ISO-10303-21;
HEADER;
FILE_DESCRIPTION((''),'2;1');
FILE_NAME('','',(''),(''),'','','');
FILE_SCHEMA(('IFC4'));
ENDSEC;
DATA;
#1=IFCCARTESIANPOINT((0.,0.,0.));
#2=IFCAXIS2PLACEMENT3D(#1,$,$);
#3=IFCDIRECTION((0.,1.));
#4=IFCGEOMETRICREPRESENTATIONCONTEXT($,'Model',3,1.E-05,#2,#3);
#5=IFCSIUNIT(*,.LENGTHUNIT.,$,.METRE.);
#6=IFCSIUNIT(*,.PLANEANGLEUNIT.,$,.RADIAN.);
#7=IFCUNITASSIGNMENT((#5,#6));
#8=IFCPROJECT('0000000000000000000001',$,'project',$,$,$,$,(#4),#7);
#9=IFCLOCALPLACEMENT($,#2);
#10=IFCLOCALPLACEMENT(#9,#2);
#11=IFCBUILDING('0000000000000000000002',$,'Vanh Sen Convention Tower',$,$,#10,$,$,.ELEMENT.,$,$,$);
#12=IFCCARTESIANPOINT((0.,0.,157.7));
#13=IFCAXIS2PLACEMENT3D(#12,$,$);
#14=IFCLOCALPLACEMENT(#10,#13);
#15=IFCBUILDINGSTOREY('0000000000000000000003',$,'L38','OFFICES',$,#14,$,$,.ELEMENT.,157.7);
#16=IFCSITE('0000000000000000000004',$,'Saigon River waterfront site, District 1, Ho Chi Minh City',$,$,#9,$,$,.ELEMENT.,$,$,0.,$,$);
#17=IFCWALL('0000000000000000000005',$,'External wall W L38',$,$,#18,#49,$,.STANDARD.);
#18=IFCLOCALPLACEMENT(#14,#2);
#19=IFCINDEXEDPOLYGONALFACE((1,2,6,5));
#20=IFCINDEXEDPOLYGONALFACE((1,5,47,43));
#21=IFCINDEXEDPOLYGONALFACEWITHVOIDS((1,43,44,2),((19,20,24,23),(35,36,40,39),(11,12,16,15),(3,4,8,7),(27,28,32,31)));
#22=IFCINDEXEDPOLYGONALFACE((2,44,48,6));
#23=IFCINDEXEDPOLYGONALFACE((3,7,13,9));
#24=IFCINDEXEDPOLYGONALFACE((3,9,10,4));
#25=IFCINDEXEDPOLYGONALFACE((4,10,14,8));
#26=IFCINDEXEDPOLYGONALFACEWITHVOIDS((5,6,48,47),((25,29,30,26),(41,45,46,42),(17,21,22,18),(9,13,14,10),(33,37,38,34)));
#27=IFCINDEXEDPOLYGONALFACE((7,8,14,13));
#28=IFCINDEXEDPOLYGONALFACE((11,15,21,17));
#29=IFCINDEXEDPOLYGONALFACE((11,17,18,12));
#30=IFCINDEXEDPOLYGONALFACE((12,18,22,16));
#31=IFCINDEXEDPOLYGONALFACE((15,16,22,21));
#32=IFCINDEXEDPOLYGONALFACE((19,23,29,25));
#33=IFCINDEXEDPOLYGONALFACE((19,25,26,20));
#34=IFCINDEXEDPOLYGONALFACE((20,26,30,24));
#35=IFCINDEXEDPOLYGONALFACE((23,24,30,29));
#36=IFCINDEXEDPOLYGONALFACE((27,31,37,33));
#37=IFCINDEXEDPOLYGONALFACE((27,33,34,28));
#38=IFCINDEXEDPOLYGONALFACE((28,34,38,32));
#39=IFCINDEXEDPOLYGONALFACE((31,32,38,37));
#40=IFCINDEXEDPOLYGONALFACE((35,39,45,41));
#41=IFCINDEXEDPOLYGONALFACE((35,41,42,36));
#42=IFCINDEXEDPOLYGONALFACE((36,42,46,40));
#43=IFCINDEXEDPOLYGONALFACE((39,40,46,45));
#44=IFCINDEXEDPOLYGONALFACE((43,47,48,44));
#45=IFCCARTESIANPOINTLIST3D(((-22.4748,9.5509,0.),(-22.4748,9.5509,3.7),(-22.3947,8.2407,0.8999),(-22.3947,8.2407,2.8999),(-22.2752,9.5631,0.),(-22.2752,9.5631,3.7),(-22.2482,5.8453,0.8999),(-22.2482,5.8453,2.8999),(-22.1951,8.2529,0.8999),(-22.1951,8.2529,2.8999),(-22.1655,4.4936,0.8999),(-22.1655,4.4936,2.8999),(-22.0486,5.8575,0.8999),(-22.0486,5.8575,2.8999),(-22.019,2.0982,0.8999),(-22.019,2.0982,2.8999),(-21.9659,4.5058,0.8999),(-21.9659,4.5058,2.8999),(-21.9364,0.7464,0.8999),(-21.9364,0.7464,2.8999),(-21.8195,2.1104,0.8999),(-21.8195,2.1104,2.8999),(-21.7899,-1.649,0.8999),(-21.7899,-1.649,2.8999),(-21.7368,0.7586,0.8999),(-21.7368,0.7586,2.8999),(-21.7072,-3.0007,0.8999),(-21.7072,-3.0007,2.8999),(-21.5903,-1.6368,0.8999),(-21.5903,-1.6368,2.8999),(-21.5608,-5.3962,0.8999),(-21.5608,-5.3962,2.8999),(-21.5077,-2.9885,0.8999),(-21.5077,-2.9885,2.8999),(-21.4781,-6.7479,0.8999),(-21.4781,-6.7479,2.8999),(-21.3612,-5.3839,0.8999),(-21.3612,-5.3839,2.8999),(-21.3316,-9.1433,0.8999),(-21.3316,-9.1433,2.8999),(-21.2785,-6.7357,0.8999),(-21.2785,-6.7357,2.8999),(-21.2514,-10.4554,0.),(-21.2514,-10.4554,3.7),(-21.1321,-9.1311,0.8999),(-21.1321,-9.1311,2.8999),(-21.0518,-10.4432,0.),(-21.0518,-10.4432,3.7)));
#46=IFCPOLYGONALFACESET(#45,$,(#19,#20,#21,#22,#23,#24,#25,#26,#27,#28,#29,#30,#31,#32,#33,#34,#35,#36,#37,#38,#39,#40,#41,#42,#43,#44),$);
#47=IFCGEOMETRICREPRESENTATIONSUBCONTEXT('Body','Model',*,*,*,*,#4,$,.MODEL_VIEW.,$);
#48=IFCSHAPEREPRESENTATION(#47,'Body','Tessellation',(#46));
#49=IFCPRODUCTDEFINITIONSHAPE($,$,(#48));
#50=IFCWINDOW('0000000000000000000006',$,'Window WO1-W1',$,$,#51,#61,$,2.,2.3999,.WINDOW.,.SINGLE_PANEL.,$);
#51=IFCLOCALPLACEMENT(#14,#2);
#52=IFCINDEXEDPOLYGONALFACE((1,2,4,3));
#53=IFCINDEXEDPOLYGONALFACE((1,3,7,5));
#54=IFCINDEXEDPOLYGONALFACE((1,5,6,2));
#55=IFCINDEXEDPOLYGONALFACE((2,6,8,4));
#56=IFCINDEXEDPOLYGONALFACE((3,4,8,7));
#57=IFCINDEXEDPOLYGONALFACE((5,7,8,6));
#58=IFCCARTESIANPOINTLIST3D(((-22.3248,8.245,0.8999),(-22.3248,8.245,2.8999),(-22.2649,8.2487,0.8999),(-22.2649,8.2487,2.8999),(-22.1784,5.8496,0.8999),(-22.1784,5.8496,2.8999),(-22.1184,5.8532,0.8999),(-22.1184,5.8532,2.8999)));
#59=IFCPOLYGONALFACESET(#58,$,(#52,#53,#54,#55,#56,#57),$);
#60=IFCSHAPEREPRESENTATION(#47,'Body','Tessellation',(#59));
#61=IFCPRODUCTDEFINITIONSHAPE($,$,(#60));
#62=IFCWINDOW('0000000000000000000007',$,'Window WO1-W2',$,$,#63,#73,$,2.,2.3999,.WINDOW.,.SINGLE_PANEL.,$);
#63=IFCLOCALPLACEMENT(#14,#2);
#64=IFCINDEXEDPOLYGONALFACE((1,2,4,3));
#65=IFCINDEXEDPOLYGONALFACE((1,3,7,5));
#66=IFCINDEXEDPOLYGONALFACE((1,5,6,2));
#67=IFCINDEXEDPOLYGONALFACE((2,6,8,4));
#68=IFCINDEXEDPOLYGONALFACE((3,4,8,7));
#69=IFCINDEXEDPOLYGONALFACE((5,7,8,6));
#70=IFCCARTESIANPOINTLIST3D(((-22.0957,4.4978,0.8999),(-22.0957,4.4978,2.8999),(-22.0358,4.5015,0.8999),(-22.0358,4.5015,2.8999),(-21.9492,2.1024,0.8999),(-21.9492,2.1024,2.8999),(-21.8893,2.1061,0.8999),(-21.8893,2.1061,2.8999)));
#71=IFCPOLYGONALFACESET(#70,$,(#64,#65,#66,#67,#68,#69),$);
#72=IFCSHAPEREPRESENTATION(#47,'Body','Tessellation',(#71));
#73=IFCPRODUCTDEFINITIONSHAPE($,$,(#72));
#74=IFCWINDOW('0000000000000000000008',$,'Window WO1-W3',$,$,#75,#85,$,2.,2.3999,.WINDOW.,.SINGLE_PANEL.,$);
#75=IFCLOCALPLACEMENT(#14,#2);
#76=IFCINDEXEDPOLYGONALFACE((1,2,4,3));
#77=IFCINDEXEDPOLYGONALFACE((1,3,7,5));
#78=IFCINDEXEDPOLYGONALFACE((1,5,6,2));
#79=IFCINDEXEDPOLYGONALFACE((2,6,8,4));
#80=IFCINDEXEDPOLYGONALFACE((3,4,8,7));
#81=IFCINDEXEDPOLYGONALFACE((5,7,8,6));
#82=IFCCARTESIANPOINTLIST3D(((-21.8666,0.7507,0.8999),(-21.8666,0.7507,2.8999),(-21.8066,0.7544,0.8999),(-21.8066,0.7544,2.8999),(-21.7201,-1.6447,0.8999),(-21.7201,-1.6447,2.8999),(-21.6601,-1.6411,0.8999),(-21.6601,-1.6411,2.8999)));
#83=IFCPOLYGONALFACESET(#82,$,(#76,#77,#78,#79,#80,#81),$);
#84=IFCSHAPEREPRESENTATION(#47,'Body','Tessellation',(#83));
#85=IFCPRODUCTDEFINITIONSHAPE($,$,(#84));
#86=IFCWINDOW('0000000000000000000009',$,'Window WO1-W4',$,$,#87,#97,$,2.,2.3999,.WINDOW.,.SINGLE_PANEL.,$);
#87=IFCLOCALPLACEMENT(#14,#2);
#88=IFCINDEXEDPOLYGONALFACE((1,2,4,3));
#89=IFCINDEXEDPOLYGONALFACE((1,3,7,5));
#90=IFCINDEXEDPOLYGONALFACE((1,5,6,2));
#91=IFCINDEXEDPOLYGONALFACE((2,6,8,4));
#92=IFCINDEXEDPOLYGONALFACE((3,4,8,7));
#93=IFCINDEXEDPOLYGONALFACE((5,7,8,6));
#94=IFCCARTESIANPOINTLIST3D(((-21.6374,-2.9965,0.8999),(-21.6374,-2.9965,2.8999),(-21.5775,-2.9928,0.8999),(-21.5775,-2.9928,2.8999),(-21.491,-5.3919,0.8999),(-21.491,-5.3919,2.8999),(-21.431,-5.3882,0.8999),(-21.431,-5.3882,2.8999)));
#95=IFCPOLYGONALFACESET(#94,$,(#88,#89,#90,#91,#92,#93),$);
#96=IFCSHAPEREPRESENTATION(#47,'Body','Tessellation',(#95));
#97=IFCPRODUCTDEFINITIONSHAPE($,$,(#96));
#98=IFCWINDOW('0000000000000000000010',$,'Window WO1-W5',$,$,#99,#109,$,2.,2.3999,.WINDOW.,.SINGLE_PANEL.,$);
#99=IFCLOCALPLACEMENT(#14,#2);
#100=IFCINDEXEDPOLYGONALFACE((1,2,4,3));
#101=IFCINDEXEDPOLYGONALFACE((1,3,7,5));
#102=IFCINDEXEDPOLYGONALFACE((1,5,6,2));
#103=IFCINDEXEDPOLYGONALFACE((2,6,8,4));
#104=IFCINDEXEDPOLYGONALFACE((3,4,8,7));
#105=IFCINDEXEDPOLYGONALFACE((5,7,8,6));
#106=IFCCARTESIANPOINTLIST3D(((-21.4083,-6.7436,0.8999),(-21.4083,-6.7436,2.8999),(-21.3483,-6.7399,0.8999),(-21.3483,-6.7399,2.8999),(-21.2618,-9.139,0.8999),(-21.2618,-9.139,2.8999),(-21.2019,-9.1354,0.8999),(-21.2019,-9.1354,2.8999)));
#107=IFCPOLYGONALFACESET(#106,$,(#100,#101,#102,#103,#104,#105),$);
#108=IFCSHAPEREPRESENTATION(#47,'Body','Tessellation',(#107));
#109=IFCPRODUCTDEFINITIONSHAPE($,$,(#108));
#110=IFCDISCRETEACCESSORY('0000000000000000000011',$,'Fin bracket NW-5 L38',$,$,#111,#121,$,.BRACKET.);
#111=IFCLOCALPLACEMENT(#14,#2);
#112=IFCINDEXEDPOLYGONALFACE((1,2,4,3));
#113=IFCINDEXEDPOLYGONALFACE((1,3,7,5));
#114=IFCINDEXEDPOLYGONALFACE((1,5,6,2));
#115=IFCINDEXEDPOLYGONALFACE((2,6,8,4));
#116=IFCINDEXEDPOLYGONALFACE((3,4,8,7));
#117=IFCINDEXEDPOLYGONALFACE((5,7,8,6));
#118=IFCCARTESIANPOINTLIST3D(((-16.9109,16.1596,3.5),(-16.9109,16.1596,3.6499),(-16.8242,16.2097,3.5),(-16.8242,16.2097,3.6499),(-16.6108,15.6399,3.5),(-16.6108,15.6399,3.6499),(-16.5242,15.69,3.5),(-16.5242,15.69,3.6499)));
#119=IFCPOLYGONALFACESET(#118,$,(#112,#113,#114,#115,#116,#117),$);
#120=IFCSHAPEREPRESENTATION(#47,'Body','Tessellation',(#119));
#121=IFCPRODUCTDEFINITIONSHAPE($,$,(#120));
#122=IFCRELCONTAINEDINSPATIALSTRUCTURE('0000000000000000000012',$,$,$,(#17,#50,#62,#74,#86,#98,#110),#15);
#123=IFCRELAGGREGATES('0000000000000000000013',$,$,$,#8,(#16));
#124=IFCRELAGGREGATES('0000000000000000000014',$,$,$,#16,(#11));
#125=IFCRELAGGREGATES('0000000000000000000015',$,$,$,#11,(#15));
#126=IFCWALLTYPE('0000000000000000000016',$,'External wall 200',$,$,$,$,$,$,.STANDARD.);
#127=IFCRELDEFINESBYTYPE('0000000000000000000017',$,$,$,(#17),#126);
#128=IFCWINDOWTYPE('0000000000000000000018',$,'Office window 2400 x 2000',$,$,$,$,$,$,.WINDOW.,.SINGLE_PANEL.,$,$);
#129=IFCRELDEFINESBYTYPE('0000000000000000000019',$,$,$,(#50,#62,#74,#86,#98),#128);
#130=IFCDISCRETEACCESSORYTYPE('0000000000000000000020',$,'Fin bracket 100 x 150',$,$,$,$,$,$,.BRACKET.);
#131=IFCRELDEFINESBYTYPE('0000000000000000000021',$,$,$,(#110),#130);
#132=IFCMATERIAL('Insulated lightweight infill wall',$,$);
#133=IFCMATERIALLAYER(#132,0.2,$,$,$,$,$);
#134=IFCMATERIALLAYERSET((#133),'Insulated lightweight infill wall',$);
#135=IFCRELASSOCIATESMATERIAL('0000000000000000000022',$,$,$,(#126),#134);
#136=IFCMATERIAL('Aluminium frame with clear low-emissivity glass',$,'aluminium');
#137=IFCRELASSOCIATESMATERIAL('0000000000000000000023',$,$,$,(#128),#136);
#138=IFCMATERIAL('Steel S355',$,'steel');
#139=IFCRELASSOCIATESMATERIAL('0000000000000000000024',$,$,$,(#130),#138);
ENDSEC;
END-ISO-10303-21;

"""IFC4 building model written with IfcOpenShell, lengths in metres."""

from ifc_helpers import new_model, si_unit, direction, frame, frame_2d, origin, origin_2d, place, context, subcontext, project, spatial, rectangle, extrude, material, layer, layer_set, type_object, element, fill, save


model = new_model("IFC4")

# Units and contexts
model_context = context("Model", 3, precision=1e-05, world=origin(), true_north=direction((0.0, 1.0)))
body_context = subcontext(model_context, "Body", "Model", "MODEL_VIEW")
ifc_project = project(units=[si_unit("LENGTHUNIT", "METRE"), si_unit("PLANEANGLEUNIT", "RADIAN")], contexts=[model_context])

# Site, building, storey
site_placement = place(None, origin())
site = spatial("IfcSite", under=ifc_project, at=site_placement, Name="Saigon River waterfront site, District 1, Ho Chi Minh City", CompositionType="ELEMENT", RefElevation=0.0)
building_placement = place(site_placement, origin())
building = spatial("IfcBuilding", under=site, at=building_placement, Name="Vanh Sen Convention Tower", CompositionType="ELEMENT")
storey_placement = place(building_placement, frame((0.0, 0.0, 157.7)))
storey = spatial("IfcBuildingStorey", under=building, at=storey_placement, Name="L38", Description="OFFICES", CompositionType="ELEMENT", Elevation=157.7)

# Shared definitions
ifc_material_1 = material(Name="Insulated lightweight infill wall")
ifc_layer_1 = layer(ifc_material_1, 0.2)
ifc_layer_set_1 = layer_set([ifc_layer_1], Name="Insulated lightweight infill wall")
wall_type_1 = type_object("IfcWallType", Name="External wall 200", PredefinedType="STANDARD", material=ifc_layer_set_1)
ifc_material_2 = material(Name="Aluminium frame with clear low-emissivity glass", Category="aluminium")

# Wall, openings, windows
wall_1_placement = place(storey_placement, frame((-22.375, 9.5571, 0.0), z_axis=(0.0, 0.0, 1.0), x_axis=(0.061036, -0.998136, 0.0)))
wall_1 = element("IfcWall", 1, at=wall_1_placement, inside=storey, type_object=wall_type_1, Name="External wall W L38", PredefinedType="STANDARD", context=body_context, shape_type="SweptSolid", body=[
    extrude(rectangle(XDim=20.0437, YDim=0.2, at=frame_2d((10.022, 0.0))), origin(), (0.0, 0.0, 1.0), 3.7),
])
opening_1_placement = place(wall_1_placement, frame((1.3127, 0.0, 0.8999)))
opening_1 = element("IfcOpeningElement", 2, at=opening_1_placement, cuts=wall_1, PredefinedType="OPENING", context=body_context, shape_type="SweptSolid", body=[
    extrude(rectangle(XDim=2.3999, YDim=2.0, at=frame_2d((1.2, 1.0))), frame((0.0, 0.1099, 0.0), z_axis=(0.0, -1.0, 0.0), x_axis=(1.0, 0.0, 0.0)), (0.0, 0.0, 1.0), 0.22),
])
opening_2_placement = place(wall_1_placement, frame((5.0669, 0.0, 0.8999)))
opening_2 = element("IfcOpeningElement", 3, at=opening_2_placement, cuts=wall_1, PredefinedType="OPENING", context=body_context, shape_type="SweptSolid", body=[
    extrude(rectangle(XDim=2.3999, YDim=2.0, at=frame_2d((1.2, 1.0))), frame((0.0, 0.1099, 0.0), z_axis=(0.0, -1.0, 0.0), x_axis=(1.0, 0.0, 0.0)), (0.0, 0.0, 1.0), 0.22),
])
opening_3_placement = place(wall_1_placement, frame((8.821, 0.0, 0.8999)))
opening_3 = element("IfcOpeningElement", 4, at=opening_3_placement, cuts=wall_1, PredefinedType="OPENING", context=body_context, shape_type="SweptSolid", body=[
    extrude(rectangle(XDim=2.3999, YDim=2.0, at=frame_2d((1.2, 1.0))), frame((0.0, 0.1099, 0.0), z_axis=(0.0, -1.0, 0.0), x_axis=(1.0, 0.0, 0.0)), (0.0, 0.0, 1.0), 0.22),
])
opening_4_placement = place(wall_1_placement, frame((12.5752, 0.0, 0.8999)))
opening_4 = element("IfcOpeningElement", 5, at=opening_4_placement, cuts=wall_1, PredefinedType="OPENING", context=body_context, shape_type="SweptSolid", body=[
    extrude(rectangle(XDim=2.3999, YDim=2.0, at=frame_2d((1.2, 1.0))), frame((0.0, 0.1099, 0.0), z_axis=(0.0, -1.0, 0.0), x_axis=(1.0, 0.0, 0.0)), (0.0, 0.0, 1.0), 0.22),
])
opening_5_placement = place(wall_1_placement, frame((16.3293, 0.0, 0.8999)))
opening_5 = element("IfcOpeningElement", 6, at=opening_5_placement, cuts=wall_1, PredefinedType="OPENING", context=body_context, shape_type="SweptSolid", body=[
    extrude(rectangle(XDim=2.3999, YDim=2.0, at=frame_2d((1.2, 1.0))), frame((0.0, 0.1099, 0.0), z_axis=(0.0, -1.0, 0.0), x_axis=(1.0, 0.0, 0.0)), (0.0, 0.0, 1.0), 0.22),
])
window_type_1 = type_object("IfcWindowType", Name="Office window 2400 x 2000", PartitioningType="SINGLE_PANEL", PredefinedType="WINDOW", material=ifc_material_2)
window_1_placement = place(opening_1_placement, origin())
window_1 = element("IfcWindow", 7, at=window_1_placement, inside=storey, type_object=window_type_1, Name="Window WO1-W1", OverallHeight=2.0, OverallWidth=2.3999, PartitioningType="SINGLE_PANEL", PredefinedType="WINDOW", context=body_context, shape_type="SweptSolid", body=[
    extrude(rectangle(XDim=2.3999, YDim=2.0, at=frame_2d((1.2, 1.0))), frame((0.0, 0.03, 0.0), z_axis=(0.0, -1.0, 0.0), x_axis=(1.0, 0.0, 0.0)), (0.0, 0.0, 1.0), 0.0601),
])
fill(opening_1, window_1)
window_2_placement = place(opening_2_placement, origin())
window_2 = element("IfcWindow", 8, at=window_2_placement, inside=storey, type_object=window_type_1, Name="Window WO1-W2", OverallHeight=2.0, OverallWidth=2.3999, PartitioningType="SINGLE_PANEL", PredefinedType="WINDOW", context=body_context, shape_type="SweptSolid", body=[
    extrude(rectangle(XDim=2.3999, YDim=2.0, at=frame_2d((1.2, 1.0))), frame((0.0, 0.03, 0.0), z_axis=(0.0, -1.0, 0.0), x_axis=(1.0, 0.0, 0.0)), (0.0, 0.0, 1.0), 0.0601),
])
fill(opening_2, window_2)
window_3_placement = place(opening_3_placement, origin())
window_3 = element("IfcWindow", 9, at=window_3_placement, inside=storey, type_object=window_type_1, Name="Window WO1-W3", OverallHeight=2.0, OverallWidth=2.3999, PartitioningType="SINGLE_PANEL", PredefinedType="WINDOW", context=body_context, shape_type="SweptSolid", body=[
    extrude(rectangle(XDim=2.3999, YDim=2.0, at=frame_2d((1.2, 1.0))), frame((0.0, 0.03, 0.0), z_axis=(0.0, -1.0, 0.0), x_axis=(1.0, 0.0, 0.0)), (0.0, 0.0, 1.0), 0.0601),
])
fill(opening_3, window_3)
window_4_placement = place(opening_4_placement, origin())
window_4 = element("IfcWindow", 10, at=window_4_placement, inside=storey, type_object=window_type_1, Name="Window WO1-W4", OverallHeight=2.0, OverallWidth=2.3999, PartitioningType="SINGLE_PANEL", PredefinedType="WINDOW", context=body_context, shape_type="SweptSolid", body=[
    extrude(rectangle(XDim=2.3999, YDim=2.0, at=frame_2d((1.2, 1.0))), frame((0.0, 0.03, 0.0), z_axis=(0.0, -1.0, 0.0), x_axis=(1.0, 0.0, 0.0)), (0.0, 0.0, 1.0), 0.0601),
])
fill(opening_4, window_4)
window_5_placement = place(opening_5_placement, origin())
window_5 = element("IfcWindow", 11, at=window_5_placement, inside=storey, type_object=window_type_1, Name="Window WO1-W5", OverallHeight=2.0, OverallWidth=2.3999, PartitioningType="SINGLE_PANEL", PredefinedType="WINDOW", context=body_context, shape_type="SweptSolid", body=[
    extrude(rectangle(XDim=2.3999, YDim=2.0, at=frame_2d((1.2, 1.0))), frame((0.0, 0.03, 0.0), z_axis=(0.0, -1.0, 0.0), x_axis=(1.0, 0.0, 0.0)), (0.0, 0.0, 1.0), 0.0601),
])
fill(opening_5, window_5)

# Discrete accessory
ifc_material_3 = material(Name="Steel S355", Category="steel")
discrete_accessory_type = type_object("IfcDiscreteAccessoryType", Name="Fin bracket 100 x 150", PredefinedType="BRACKET", material=ifc_material_3)
discrete_accessory_placement = place(storey_placement, frame((-16.7175, 15.9248, 3.5), z_axis=(0.0, 0.0, 1.0), x_axis=(-0.5, 0.866025, 0.0)))
element("IfcDiscreteAccessory", 12, at=discrete_accessory_placement, inside=storey, type_object=discrete_accessory_type, Name="Fin bracket NW-5 L38", PredefinedType="BRACKET", context=body_context, shape_type="SweptSolid", body=[
    extrude(rectangle(XDim=0.6001, YDim=0.1001, at=origin_2d()), origin(), (0.0, 0.0, 1.0), 0.1499),
])

save(model, "model.ifc")
